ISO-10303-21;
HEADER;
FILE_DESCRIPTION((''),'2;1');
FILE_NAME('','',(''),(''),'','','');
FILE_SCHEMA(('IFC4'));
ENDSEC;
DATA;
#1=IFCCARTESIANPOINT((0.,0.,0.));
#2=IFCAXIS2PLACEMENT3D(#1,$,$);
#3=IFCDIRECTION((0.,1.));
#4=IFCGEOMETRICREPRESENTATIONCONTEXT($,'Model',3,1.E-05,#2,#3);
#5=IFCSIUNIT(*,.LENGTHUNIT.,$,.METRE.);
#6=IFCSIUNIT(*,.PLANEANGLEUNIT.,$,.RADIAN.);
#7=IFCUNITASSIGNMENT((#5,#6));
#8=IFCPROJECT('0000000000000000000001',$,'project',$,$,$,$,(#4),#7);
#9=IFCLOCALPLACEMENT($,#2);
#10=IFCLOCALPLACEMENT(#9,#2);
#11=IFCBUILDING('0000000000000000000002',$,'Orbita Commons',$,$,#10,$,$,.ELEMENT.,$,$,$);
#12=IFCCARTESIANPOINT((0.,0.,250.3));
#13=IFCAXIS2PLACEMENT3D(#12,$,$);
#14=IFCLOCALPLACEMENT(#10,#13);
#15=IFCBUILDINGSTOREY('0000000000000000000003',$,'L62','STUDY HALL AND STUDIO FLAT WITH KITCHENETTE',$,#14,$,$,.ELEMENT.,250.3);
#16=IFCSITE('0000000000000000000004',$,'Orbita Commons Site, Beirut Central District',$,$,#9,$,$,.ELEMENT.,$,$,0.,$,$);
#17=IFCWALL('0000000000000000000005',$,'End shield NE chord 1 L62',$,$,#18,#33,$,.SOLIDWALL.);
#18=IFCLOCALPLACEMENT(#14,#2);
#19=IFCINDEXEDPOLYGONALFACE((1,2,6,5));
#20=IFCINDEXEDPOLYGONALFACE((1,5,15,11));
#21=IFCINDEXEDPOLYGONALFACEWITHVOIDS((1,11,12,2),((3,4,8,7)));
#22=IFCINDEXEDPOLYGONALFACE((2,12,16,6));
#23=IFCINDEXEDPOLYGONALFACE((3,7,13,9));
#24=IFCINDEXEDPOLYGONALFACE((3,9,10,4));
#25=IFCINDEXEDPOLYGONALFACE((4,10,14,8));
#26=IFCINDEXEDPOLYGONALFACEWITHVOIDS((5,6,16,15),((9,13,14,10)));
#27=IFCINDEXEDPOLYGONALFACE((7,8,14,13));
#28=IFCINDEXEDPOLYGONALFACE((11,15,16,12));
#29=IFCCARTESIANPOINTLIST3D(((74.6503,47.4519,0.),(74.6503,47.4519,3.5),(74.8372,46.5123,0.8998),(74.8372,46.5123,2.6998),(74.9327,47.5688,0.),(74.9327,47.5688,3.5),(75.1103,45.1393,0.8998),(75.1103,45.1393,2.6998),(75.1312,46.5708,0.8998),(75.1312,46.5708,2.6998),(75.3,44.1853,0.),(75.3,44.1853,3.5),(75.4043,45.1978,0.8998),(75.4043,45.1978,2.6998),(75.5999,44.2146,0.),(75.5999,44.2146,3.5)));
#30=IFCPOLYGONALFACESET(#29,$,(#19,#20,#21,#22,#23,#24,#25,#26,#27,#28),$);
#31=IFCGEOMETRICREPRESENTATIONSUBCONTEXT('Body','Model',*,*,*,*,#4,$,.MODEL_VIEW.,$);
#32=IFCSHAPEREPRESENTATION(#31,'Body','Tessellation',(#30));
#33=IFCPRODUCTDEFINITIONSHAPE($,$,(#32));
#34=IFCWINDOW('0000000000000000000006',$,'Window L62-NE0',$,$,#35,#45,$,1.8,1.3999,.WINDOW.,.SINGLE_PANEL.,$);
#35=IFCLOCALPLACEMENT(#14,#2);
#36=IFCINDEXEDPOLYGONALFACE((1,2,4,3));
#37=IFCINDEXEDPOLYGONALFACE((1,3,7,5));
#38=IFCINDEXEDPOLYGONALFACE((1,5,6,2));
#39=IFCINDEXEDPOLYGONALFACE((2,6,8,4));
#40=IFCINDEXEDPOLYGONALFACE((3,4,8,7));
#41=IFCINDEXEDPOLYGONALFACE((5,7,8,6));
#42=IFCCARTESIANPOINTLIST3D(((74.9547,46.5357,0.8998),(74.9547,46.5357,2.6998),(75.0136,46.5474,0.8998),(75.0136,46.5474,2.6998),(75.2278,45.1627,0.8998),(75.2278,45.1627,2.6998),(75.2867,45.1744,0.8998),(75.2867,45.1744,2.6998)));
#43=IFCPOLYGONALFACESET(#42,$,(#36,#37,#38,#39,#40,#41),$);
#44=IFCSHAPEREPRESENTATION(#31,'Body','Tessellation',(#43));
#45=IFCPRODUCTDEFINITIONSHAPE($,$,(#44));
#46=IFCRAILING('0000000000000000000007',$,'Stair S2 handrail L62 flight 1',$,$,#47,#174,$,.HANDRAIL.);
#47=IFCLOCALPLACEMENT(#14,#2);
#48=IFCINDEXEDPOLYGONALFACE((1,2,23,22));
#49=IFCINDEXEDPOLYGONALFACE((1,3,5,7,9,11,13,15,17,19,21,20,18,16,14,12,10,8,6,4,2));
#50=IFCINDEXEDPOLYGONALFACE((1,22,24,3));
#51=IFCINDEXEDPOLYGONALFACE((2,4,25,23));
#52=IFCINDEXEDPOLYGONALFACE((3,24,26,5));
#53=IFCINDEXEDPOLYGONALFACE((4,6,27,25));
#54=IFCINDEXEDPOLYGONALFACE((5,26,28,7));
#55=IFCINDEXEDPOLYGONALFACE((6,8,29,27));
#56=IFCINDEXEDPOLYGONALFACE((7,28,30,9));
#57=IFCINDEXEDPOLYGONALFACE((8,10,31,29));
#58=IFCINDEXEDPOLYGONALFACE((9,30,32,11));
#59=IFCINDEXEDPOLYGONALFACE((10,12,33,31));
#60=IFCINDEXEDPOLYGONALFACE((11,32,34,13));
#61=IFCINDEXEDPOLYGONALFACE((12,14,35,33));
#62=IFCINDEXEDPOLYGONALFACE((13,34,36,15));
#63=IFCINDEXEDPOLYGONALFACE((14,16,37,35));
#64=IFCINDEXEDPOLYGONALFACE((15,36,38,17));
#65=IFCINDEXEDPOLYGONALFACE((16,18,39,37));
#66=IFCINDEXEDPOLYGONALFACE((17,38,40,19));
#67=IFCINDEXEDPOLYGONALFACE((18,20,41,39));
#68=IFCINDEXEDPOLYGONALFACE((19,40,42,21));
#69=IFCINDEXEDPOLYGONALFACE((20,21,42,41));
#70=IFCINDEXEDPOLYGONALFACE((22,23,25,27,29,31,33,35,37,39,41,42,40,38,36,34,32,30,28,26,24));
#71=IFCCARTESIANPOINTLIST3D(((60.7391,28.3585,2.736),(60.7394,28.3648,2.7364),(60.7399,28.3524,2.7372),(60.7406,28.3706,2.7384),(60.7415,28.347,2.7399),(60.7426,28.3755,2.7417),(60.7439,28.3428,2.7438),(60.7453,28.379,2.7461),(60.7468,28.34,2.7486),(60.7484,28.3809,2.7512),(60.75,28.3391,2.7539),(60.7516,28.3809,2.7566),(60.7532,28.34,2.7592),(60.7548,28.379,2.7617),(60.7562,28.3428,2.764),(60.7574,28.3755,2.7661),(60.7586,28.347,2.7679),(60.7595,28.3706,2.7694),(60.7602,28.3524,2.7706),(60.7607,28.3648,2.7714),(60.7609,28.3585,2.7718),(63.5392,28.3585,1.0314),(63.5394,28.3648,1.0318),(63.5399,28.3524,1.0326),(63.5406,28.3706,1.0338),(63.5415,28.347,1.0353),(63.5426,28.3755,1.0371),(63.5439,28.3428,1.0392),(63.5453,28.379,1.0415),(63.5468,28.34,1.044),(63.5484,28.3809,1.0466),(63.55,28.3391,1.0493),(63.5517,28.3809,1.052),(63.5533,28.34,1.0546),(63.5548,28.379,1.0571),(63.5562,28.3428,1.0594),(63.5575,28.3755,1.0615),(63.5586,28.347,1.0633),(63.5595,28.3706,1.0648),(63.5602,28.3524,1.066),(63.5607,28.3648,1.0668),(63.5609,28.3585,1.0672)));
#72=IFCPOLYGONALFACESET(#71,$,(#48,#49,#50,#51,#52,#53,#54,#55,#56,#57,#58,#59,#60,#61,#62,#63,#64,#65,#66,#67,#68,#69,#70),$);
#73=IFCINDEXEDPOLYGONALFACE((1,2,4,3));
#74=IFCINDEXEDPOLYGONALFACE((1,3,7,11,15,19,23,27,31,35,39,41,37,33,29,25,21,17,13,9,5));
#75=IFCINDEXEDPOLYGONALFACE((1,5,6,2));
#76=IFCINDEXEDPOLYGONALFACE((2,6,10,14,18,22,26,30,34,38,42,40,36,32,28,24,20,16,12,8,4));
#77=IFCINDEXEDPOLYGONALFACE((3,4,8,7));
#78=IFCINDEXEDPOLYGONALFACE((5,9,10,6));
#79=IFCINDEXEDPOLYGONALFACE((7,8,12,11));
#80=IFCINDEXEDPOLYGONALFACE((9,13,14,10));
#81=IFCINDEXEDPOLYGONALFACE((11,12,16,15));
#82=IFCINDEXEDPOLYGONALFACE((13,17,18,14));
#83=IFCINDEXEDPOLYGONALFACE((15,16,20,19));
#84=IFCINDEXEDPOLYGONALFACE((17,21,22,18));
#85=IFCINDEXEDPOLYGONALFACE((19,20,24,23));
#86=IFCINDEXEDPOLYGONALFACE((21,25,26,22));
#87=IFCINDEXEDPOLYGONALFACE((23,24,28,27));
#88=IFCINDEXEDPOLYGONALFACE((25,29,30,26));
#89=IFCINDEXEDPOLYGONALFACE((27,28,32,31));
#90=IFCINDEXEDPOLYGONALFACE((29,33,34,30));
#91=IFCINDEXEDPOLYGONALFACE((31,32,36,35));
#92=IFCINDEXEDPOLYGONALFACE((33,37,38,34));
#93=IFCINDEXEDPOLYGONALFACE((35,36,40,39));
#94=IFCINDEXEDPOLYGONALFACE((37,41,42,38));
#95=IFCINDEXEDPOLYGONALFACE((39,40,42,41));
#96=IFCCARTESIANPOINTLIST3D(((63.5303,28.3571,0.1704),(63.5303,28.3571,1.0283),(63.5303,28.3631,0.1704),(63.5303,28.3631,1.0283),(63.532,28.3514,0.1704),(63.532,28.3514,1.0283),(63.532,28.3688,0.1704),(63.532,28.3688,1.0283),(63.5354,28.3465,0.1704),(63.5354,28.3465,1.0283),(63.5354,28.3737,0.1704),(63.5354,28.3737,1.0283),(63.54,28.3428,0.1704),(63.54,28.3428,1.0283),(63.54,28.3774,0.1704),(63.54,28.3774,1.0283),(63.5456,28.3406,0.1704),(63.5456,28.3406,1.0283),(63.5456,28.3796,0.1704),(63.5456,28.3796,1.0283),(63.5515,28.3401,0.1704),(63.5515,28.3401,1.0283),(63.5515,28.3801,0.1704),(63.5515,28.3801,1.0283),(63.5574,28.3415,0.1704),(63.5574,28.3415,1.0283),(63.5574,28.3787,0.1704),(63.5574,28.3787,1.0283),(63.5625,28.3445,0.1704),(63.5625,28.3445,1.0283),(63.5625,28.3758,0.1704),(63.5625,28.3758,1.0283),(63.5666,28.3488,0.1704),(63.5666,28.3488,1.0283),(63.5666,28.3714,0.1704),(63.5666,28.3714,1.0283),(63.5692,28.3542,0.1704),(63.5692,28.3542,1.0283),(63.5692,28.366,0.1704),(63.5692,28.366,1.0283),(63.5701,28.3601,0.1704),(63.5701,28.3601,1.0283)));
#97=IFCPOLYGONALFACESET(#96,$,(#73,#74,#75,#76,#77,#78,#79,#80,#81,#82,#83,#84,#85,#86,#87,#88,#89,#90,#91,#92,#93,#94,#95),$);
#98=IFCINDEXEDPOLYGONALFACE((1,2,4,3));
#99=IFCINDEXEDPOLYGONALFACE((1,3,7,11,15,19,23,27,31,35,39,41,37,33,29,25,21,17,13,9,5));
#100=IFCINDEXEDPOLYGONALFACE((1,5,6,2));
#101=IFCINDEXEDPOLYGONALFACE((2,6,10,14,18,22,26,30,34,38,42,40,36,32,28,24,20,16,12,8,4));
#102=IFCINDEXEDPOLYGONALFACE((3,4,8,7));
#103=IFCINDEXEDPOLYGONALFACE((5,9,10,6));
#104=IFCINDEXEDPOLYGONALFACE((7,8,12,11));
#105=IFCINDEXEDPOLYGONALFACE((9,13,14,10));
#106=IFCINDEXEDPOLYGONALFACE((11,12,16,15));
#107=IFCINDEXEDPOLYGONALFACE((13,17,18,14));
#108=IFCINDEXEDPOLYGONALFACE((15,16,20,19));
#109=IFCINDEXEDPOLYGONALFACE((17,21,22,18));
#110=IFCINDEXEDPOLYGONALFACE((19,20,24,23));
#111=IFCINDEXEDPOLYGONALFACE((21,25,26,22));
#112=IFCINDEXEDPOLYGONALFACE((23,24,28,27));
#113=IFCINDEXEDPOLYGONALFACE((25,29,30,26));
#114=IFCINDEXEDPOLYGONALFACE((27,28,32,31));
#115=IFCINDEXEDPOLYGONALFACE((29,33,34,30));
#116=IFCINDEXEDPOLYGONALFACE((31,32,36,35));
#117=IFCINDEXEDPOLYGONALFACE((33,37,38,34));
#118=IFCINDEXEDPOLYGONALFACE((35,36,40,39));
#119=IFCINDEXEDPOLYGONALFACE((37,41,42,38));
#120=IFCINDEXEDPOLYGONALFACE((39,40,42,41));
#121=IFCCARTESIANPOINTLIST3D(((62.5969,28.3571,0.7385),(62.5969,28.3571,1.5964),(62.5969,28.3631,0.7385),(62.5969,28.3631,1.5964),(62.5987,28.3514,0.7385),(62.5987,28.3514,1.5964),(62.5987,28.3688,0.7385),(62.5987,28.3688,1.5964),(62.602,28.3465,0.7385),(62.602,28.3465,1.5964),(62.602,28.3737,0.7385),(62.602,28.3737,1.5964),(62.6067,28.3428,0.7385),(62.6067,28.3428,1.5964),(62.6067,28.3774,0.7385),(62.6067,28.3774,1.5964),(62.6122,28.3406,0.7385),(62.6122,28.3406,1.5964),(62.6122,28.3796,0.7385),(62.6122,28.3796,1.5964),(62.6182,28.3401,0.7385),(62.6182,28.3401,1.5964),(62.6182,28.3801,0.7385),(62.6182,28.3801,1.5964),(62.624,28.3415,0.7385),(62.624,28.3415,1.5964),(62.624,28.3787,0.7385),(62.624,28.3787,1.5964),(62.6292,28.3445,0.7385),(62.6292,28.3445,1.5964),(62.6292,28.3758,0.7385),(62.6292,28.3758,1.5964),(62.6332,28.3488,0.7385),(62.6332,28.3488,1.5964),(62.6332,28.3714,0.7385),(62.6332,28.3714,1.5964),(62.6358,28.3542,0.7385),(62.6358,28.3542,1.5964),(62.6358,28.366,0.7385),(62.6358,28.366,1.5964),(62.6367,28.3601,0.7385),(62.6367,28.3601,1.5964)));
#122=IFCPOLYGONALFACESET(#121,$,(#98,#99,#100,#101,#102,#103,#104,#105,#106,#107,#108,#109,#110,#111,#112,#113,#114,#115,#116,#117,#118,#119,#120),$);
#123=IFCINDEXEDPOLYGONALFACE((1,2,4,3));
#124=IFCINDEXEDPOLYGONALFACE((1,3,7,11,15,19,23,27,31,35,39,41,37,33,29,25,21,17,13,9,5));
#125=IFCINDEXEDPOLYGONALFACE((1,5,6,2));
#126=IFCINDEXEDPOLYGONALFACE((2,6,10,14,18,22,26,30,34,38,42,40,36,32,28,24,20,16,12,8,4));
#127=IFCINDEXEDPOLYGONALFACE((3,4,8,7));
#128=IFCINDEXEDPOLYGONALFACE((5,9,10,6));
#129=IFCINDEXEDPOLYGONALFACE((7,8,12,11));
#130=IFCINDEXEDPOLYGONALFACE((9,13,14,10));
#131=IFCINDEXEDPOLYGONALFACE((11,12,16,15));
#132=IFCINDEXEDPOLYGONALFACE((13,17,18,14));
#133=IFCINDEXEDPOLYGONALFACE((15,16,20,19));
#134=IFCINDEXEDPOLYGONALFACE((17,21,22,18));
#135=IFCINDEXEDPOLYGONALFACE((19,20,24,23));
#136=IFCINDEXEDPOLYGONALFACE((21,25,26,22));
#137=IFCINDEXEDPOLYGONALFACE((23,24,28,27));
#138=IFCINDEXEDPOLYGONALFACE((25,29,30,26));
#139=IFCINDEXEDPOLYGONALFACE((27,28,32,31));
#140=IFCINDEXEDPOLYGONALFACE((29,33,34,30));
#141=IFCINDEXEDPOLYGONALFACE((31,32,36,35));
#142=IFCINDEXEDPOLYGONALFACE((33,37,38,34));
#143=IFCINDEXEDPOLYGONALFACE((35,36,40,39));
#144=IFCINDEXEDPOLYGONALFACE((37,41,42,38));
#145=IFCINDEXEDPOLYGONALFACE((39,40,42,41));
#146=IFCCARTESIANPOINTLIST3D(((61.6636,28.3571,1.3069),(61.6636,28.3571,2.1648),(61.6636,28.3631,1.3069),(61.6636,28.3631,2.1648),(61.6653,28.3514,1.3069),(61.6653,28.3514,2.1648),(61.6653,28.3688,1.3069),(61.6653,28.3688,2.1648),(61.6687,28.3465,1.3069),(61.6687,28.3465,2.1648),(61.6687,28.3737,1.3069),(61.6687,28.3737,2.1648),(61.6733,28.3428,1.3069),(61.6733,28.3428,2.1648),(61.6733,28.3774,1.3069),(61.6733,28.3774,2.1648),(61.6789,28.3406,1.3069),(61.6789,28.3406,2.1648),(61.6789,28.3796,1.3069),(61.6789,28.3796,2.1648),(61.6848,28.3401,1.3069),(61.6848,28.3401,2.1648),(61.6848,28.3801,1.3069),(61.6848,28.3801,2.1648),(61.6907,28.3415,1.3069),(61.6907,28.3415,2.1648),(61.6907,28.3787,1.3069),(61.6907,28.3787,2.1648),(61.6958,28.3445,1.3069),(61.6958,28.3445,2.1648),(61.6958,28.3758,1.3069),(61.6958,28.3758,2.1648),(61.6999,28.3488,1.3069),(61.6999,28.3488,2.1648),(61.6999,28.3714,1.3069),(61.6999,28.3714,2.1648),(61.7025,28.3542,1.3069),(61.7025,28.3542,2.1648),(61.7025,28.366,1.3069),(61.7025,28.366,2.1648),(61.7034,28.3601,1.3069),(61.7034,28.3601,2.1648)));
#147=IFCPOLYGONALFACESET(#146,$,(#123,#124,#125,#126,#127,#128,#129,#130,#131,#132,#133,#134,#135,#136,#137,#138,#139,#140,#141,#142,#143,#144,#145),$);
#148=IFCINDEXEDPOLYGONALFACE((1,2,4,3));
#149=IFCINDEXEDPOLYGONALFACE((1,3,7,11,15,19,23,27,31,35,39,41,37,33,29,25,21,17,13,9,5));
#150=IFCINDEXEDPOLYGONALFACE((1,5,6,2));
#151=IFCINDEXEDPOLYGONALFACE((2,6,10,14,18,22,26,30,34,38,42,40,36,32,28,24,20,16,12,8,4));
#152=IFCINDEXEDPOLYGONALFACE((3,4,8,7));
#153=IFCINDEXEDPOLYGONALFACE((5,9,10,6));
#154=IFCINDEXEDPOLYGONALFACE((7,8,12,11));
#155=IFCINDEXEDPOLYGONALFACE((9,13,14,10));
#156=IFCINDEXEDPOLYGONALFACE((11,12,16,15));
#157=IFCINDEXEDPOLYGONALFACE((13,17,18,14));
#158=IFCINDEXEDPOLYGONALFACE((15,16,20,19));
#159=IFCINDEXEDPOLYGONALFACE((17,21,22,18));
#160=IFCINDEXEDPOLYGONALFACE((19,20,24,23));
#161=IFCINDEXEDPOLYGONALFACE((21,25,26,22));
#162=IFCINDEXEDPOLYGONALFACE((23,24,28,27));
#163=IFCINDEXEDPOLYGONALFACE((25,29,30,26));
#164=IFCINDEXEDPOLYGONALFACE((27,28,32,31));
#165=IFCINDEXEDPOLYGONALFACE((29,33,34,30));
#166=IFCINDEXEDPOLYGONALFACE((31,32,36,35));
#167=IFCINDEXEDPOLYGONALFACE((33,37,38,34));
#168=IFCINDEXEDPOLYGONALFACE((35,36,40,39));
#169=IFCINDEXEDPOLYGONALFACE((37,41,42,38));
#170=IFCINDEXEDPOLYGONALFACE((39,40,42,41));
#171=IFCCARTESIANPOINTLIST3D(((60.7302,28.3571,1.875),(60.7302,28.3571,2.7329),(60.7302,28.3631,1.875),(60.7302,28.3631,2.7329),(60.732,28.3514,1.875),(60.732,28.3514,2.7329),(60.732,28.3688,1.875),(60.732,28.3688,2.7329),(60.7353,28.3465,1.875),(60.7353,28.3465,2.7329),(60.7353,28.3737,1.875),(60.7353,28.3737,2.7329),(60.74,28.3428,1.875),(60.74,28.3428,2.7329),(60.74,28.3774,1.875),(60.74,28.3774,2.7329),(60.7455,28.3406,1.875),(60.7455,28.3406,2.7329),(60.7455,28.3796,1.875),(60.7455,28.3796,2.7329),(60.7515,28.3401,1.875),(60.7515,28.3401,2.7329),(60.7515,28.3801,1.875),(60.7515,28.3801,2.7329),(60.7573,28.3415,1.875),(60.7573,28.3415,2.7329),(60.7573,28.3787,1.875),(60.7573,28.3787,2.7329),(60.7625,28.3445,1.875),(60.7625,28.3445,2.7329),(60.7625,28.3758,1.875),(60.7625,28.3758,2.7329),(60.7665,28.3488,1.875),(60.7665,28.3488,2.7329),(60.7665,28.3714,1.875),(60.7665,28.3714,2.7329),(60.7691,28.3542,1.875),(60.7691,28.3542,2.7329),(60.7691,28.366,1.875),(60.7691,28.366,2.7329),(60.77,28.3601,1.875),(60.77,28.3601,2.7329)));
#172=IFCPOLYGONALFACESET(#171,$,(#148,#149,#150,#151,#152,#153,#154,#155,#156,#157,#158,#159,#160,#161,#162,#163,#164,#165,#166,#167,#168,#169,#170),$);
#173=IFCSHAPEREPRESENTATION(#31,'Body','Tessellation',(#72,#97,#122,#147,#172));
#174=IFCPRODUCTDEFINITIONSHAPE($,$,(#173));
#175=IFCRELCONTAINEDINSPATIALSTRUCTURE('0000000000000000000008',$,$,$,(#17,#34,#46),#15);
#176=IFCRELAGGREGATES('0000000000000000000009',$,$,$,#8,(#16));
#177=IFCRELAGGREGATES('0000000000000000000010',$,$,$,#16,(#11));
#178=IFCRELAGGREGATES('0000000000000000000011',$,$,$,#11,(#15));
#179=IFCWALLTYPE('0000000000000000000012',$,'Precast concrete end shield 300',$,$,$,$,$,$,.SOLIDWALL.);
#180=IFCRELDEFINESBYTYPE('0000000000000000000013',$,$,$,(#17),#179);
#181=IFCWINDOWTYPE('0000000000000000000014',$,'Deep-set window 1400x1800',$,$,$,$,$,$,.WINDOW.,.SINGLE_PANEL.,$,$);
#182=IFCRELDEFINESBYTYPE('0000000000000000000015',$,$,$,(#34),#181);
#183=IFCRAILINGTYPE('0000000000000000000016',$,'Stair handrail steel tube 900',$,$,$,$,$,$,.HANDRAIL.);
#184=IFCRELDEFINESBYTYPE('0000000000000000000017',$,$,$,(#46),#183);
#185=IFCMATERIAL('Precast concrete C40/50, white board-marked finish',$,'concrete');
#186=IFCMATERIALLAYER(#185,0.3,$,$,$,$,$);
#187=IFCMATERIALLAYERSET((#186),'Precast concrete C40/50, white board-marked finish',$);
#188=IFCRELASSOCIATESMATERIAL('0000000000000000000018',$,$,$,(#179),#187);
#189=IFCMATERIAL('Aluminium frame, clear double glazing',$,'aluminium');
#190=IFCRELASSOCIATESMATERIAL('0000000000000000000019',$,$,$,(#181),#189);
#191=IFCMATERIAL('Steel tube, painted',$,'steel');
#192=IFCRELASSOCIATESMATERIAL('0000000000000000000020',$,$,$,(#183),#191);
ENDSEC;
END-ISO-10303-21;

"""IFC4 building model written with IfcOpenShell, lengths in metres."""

from ifc_helpers import new_model, si_unit, direction, frame, frame_2d, origin, origin_2d, place, context, subcontext, project, spatial, polyline, rectangle, circle, outline, extrude, material, layer, layer_set, type_object, element, fill, save


model = new_model("IFC4")

# Units and contexts
model_context = context("Model", 3, precision=1e-05, world=origin(), true_north=direction((0.0, 1.0)))
body_context = subcontext(model_context, "Body", "Model", "MODEL_VIEW")
ifc_project = project(units=[si_unit("LENGTHUNIT", "METRE"), si_unit("PLANEANGLEUNIT", "RADIAN")], contexts=[model_context])

# Site, building, storey
site_placement = place(None, origin())
site = spatial("IfcSite", under=ifc_project, at=site_placement, Name="Orbita Commons Site, Beirut Central District", CompositionType="ELEMENT", RefElevation=0.0)
building_placement = place(site_placement, origin())
building = spatial("IfcBuilding", under=site, at=building_placement, Name="Orbita Commons", CompositionType="ELEMENT")
storey_placement = place(building_placement, frame((0.0, 0.0, 250.3)))
storey = spatial("IfcBuildingStorey", under=building, at=storey_placement, Name="L62", Description="STUDY HALL AND STUDIO FLAT WITH KITCHENETTE", CompositionType="ELEMENT", Elevation=250.3)

# Wall, opening, window
ifc_material_1 = material(Name="Precast concrete C40/50, white board-marked finish", Category="concrete")
ifc_layer_1 = layer(ifc_material_1, 0.3)
ifc_layer_set_1 = layer_set([ifc_layer_1], Name="Precast concrete C40/50, white board-marked finish")
wall_type_1 = type_object("IfcWallType", Name="Precast concrete end shield 300", PredefinedType="SOLIDWALL", material=ifc_layer_set_1)
wall_1_placement = place(storey_placement, frame((75.45, 44.2, 0.0), z_axis=(0.0, 0.0, 1.0), x_axis=(-0.195087, 0.980786, 0.0)))
wall_1 = element("IfcWall", 1, at=wall_1_placement, inside=storey, type_object=wall_type_1, Name="End shield NE chord 1 L62", PredefinedType="SOLIDWALL", context=body_context, shape_type="SweptSolid", body=[
    extrude(outline(polyline([(-0.0149, -0.1499), (3.405, -0.1499), (3.3455, 0.1499), (0.0149, 0.1499), (-0.0149, -0.1499)])), origin(), (0.0, 0.0, 1.0), 3.5),
])
opening_1_placement = place(wall_1_placement, frame((0.9875, 0.0, 0.8999)))
opening_1 = element("IfcOpeningElement", 2, at=opening_1_placement, cuts=wall_1, PredefinedType="OPENING", context=body_context, shape_type="SweptSolid", body=[
    extrude(rectangle(XDim=1.3999, YDim=1.8, at=frame_2d((0.7, 0.8999))), frame((0.0, 0.1599, 0.0), z_axis=(0.0, -1.0, 0.0), x_axis=(1.0, 0.0, 0.0)), (0.0, 0.0, 1.0), 0.3201),
])
ifc_material_2 = material(Name="Aluminium frame, clear double glazing", Category="aluminium")
window_type = type_object("IfcWindowType", Name="Deep-set window 1400x1800", PartitioningType="SINGLE_PANEL", PredefinedType="WINDOW", material=ifc_material_2)
window_placement = place(opening_1_placement, origin())
window = element("IfcWindow", 3, at=window_placement, inside=storey, type_object=window_type, Name="Window L62-NE0", OverallHeight=1.8, OverallWidth=1.3999, PartitioningType="SINGLE_PANEL", PredefinedType="WINDOW", context=body_context, shape_type="SweptSolid", body=[
    extrude(rectangle(XDim=1.3999, YDim=1.8, at=frame_2d((0.7, 0.8999))), frame((0.0, 0.03, 0.0), z_axis=(0.0, -1.0, 0.0), x_axis=(1.0, 0.0, 0.0)), (0.0, 0.0, 1.0), 0.0601),
])
fill(opening_1, window)

# Railing
ifc_material_3 = material(Name="Steel tube, painted", Category="steel")
railing_type = type_object("IfcRailingType", Name="Stair handrail steel tube 900", PredefinedType="HANDRAIL", material=ifc_material_3)
for number, where, name in (
    (4, (63.55, 28.3601, 0.1704), "Stair S2 handrail L62 flight 1"),
):
    element("IfcRailing", number, at=place(storey_placement, frame(where)), inside=storey, type_object=railing_type, Name=name, PredefinedType="HANDRAIL", context=body_context, shape_type="SweptSolid", body=[
        extrude(circle(Radius=0.021, at=origin_2d()), frame((0.0, 0.0, 0.8789), z_axis=(-0.85417, 0.0, 0.519994), x_axis=(0.0, -1.0, 0.0)), (0.0, 0.0, 1.0), 3.2781),
        extrude(circle(Radius=0.02, at=origin_2d()), origin(), (0.0, 0.0, 1.0), 0.8579),
        extrude(circle(Radius=0.02, at=origin_2d()), frame((-0.9333, 0.0, 0.5681)), (0.0, 0.0, 1.0), 0.8579),
        extrude(circle(Radius=0.02, at=origin_2d()), frame((-1.8667, 0.0, 1.1365)), (0.0, 0.0, 1.0), 0.8579),
        extrude(circle(Radius=0.02, at=origin_2d()), frame((-2.8, 0.0, 1.7046)), (0.0, 0.0, 1.0), 0.8579),
    ])

save(model, "model.ifc")
